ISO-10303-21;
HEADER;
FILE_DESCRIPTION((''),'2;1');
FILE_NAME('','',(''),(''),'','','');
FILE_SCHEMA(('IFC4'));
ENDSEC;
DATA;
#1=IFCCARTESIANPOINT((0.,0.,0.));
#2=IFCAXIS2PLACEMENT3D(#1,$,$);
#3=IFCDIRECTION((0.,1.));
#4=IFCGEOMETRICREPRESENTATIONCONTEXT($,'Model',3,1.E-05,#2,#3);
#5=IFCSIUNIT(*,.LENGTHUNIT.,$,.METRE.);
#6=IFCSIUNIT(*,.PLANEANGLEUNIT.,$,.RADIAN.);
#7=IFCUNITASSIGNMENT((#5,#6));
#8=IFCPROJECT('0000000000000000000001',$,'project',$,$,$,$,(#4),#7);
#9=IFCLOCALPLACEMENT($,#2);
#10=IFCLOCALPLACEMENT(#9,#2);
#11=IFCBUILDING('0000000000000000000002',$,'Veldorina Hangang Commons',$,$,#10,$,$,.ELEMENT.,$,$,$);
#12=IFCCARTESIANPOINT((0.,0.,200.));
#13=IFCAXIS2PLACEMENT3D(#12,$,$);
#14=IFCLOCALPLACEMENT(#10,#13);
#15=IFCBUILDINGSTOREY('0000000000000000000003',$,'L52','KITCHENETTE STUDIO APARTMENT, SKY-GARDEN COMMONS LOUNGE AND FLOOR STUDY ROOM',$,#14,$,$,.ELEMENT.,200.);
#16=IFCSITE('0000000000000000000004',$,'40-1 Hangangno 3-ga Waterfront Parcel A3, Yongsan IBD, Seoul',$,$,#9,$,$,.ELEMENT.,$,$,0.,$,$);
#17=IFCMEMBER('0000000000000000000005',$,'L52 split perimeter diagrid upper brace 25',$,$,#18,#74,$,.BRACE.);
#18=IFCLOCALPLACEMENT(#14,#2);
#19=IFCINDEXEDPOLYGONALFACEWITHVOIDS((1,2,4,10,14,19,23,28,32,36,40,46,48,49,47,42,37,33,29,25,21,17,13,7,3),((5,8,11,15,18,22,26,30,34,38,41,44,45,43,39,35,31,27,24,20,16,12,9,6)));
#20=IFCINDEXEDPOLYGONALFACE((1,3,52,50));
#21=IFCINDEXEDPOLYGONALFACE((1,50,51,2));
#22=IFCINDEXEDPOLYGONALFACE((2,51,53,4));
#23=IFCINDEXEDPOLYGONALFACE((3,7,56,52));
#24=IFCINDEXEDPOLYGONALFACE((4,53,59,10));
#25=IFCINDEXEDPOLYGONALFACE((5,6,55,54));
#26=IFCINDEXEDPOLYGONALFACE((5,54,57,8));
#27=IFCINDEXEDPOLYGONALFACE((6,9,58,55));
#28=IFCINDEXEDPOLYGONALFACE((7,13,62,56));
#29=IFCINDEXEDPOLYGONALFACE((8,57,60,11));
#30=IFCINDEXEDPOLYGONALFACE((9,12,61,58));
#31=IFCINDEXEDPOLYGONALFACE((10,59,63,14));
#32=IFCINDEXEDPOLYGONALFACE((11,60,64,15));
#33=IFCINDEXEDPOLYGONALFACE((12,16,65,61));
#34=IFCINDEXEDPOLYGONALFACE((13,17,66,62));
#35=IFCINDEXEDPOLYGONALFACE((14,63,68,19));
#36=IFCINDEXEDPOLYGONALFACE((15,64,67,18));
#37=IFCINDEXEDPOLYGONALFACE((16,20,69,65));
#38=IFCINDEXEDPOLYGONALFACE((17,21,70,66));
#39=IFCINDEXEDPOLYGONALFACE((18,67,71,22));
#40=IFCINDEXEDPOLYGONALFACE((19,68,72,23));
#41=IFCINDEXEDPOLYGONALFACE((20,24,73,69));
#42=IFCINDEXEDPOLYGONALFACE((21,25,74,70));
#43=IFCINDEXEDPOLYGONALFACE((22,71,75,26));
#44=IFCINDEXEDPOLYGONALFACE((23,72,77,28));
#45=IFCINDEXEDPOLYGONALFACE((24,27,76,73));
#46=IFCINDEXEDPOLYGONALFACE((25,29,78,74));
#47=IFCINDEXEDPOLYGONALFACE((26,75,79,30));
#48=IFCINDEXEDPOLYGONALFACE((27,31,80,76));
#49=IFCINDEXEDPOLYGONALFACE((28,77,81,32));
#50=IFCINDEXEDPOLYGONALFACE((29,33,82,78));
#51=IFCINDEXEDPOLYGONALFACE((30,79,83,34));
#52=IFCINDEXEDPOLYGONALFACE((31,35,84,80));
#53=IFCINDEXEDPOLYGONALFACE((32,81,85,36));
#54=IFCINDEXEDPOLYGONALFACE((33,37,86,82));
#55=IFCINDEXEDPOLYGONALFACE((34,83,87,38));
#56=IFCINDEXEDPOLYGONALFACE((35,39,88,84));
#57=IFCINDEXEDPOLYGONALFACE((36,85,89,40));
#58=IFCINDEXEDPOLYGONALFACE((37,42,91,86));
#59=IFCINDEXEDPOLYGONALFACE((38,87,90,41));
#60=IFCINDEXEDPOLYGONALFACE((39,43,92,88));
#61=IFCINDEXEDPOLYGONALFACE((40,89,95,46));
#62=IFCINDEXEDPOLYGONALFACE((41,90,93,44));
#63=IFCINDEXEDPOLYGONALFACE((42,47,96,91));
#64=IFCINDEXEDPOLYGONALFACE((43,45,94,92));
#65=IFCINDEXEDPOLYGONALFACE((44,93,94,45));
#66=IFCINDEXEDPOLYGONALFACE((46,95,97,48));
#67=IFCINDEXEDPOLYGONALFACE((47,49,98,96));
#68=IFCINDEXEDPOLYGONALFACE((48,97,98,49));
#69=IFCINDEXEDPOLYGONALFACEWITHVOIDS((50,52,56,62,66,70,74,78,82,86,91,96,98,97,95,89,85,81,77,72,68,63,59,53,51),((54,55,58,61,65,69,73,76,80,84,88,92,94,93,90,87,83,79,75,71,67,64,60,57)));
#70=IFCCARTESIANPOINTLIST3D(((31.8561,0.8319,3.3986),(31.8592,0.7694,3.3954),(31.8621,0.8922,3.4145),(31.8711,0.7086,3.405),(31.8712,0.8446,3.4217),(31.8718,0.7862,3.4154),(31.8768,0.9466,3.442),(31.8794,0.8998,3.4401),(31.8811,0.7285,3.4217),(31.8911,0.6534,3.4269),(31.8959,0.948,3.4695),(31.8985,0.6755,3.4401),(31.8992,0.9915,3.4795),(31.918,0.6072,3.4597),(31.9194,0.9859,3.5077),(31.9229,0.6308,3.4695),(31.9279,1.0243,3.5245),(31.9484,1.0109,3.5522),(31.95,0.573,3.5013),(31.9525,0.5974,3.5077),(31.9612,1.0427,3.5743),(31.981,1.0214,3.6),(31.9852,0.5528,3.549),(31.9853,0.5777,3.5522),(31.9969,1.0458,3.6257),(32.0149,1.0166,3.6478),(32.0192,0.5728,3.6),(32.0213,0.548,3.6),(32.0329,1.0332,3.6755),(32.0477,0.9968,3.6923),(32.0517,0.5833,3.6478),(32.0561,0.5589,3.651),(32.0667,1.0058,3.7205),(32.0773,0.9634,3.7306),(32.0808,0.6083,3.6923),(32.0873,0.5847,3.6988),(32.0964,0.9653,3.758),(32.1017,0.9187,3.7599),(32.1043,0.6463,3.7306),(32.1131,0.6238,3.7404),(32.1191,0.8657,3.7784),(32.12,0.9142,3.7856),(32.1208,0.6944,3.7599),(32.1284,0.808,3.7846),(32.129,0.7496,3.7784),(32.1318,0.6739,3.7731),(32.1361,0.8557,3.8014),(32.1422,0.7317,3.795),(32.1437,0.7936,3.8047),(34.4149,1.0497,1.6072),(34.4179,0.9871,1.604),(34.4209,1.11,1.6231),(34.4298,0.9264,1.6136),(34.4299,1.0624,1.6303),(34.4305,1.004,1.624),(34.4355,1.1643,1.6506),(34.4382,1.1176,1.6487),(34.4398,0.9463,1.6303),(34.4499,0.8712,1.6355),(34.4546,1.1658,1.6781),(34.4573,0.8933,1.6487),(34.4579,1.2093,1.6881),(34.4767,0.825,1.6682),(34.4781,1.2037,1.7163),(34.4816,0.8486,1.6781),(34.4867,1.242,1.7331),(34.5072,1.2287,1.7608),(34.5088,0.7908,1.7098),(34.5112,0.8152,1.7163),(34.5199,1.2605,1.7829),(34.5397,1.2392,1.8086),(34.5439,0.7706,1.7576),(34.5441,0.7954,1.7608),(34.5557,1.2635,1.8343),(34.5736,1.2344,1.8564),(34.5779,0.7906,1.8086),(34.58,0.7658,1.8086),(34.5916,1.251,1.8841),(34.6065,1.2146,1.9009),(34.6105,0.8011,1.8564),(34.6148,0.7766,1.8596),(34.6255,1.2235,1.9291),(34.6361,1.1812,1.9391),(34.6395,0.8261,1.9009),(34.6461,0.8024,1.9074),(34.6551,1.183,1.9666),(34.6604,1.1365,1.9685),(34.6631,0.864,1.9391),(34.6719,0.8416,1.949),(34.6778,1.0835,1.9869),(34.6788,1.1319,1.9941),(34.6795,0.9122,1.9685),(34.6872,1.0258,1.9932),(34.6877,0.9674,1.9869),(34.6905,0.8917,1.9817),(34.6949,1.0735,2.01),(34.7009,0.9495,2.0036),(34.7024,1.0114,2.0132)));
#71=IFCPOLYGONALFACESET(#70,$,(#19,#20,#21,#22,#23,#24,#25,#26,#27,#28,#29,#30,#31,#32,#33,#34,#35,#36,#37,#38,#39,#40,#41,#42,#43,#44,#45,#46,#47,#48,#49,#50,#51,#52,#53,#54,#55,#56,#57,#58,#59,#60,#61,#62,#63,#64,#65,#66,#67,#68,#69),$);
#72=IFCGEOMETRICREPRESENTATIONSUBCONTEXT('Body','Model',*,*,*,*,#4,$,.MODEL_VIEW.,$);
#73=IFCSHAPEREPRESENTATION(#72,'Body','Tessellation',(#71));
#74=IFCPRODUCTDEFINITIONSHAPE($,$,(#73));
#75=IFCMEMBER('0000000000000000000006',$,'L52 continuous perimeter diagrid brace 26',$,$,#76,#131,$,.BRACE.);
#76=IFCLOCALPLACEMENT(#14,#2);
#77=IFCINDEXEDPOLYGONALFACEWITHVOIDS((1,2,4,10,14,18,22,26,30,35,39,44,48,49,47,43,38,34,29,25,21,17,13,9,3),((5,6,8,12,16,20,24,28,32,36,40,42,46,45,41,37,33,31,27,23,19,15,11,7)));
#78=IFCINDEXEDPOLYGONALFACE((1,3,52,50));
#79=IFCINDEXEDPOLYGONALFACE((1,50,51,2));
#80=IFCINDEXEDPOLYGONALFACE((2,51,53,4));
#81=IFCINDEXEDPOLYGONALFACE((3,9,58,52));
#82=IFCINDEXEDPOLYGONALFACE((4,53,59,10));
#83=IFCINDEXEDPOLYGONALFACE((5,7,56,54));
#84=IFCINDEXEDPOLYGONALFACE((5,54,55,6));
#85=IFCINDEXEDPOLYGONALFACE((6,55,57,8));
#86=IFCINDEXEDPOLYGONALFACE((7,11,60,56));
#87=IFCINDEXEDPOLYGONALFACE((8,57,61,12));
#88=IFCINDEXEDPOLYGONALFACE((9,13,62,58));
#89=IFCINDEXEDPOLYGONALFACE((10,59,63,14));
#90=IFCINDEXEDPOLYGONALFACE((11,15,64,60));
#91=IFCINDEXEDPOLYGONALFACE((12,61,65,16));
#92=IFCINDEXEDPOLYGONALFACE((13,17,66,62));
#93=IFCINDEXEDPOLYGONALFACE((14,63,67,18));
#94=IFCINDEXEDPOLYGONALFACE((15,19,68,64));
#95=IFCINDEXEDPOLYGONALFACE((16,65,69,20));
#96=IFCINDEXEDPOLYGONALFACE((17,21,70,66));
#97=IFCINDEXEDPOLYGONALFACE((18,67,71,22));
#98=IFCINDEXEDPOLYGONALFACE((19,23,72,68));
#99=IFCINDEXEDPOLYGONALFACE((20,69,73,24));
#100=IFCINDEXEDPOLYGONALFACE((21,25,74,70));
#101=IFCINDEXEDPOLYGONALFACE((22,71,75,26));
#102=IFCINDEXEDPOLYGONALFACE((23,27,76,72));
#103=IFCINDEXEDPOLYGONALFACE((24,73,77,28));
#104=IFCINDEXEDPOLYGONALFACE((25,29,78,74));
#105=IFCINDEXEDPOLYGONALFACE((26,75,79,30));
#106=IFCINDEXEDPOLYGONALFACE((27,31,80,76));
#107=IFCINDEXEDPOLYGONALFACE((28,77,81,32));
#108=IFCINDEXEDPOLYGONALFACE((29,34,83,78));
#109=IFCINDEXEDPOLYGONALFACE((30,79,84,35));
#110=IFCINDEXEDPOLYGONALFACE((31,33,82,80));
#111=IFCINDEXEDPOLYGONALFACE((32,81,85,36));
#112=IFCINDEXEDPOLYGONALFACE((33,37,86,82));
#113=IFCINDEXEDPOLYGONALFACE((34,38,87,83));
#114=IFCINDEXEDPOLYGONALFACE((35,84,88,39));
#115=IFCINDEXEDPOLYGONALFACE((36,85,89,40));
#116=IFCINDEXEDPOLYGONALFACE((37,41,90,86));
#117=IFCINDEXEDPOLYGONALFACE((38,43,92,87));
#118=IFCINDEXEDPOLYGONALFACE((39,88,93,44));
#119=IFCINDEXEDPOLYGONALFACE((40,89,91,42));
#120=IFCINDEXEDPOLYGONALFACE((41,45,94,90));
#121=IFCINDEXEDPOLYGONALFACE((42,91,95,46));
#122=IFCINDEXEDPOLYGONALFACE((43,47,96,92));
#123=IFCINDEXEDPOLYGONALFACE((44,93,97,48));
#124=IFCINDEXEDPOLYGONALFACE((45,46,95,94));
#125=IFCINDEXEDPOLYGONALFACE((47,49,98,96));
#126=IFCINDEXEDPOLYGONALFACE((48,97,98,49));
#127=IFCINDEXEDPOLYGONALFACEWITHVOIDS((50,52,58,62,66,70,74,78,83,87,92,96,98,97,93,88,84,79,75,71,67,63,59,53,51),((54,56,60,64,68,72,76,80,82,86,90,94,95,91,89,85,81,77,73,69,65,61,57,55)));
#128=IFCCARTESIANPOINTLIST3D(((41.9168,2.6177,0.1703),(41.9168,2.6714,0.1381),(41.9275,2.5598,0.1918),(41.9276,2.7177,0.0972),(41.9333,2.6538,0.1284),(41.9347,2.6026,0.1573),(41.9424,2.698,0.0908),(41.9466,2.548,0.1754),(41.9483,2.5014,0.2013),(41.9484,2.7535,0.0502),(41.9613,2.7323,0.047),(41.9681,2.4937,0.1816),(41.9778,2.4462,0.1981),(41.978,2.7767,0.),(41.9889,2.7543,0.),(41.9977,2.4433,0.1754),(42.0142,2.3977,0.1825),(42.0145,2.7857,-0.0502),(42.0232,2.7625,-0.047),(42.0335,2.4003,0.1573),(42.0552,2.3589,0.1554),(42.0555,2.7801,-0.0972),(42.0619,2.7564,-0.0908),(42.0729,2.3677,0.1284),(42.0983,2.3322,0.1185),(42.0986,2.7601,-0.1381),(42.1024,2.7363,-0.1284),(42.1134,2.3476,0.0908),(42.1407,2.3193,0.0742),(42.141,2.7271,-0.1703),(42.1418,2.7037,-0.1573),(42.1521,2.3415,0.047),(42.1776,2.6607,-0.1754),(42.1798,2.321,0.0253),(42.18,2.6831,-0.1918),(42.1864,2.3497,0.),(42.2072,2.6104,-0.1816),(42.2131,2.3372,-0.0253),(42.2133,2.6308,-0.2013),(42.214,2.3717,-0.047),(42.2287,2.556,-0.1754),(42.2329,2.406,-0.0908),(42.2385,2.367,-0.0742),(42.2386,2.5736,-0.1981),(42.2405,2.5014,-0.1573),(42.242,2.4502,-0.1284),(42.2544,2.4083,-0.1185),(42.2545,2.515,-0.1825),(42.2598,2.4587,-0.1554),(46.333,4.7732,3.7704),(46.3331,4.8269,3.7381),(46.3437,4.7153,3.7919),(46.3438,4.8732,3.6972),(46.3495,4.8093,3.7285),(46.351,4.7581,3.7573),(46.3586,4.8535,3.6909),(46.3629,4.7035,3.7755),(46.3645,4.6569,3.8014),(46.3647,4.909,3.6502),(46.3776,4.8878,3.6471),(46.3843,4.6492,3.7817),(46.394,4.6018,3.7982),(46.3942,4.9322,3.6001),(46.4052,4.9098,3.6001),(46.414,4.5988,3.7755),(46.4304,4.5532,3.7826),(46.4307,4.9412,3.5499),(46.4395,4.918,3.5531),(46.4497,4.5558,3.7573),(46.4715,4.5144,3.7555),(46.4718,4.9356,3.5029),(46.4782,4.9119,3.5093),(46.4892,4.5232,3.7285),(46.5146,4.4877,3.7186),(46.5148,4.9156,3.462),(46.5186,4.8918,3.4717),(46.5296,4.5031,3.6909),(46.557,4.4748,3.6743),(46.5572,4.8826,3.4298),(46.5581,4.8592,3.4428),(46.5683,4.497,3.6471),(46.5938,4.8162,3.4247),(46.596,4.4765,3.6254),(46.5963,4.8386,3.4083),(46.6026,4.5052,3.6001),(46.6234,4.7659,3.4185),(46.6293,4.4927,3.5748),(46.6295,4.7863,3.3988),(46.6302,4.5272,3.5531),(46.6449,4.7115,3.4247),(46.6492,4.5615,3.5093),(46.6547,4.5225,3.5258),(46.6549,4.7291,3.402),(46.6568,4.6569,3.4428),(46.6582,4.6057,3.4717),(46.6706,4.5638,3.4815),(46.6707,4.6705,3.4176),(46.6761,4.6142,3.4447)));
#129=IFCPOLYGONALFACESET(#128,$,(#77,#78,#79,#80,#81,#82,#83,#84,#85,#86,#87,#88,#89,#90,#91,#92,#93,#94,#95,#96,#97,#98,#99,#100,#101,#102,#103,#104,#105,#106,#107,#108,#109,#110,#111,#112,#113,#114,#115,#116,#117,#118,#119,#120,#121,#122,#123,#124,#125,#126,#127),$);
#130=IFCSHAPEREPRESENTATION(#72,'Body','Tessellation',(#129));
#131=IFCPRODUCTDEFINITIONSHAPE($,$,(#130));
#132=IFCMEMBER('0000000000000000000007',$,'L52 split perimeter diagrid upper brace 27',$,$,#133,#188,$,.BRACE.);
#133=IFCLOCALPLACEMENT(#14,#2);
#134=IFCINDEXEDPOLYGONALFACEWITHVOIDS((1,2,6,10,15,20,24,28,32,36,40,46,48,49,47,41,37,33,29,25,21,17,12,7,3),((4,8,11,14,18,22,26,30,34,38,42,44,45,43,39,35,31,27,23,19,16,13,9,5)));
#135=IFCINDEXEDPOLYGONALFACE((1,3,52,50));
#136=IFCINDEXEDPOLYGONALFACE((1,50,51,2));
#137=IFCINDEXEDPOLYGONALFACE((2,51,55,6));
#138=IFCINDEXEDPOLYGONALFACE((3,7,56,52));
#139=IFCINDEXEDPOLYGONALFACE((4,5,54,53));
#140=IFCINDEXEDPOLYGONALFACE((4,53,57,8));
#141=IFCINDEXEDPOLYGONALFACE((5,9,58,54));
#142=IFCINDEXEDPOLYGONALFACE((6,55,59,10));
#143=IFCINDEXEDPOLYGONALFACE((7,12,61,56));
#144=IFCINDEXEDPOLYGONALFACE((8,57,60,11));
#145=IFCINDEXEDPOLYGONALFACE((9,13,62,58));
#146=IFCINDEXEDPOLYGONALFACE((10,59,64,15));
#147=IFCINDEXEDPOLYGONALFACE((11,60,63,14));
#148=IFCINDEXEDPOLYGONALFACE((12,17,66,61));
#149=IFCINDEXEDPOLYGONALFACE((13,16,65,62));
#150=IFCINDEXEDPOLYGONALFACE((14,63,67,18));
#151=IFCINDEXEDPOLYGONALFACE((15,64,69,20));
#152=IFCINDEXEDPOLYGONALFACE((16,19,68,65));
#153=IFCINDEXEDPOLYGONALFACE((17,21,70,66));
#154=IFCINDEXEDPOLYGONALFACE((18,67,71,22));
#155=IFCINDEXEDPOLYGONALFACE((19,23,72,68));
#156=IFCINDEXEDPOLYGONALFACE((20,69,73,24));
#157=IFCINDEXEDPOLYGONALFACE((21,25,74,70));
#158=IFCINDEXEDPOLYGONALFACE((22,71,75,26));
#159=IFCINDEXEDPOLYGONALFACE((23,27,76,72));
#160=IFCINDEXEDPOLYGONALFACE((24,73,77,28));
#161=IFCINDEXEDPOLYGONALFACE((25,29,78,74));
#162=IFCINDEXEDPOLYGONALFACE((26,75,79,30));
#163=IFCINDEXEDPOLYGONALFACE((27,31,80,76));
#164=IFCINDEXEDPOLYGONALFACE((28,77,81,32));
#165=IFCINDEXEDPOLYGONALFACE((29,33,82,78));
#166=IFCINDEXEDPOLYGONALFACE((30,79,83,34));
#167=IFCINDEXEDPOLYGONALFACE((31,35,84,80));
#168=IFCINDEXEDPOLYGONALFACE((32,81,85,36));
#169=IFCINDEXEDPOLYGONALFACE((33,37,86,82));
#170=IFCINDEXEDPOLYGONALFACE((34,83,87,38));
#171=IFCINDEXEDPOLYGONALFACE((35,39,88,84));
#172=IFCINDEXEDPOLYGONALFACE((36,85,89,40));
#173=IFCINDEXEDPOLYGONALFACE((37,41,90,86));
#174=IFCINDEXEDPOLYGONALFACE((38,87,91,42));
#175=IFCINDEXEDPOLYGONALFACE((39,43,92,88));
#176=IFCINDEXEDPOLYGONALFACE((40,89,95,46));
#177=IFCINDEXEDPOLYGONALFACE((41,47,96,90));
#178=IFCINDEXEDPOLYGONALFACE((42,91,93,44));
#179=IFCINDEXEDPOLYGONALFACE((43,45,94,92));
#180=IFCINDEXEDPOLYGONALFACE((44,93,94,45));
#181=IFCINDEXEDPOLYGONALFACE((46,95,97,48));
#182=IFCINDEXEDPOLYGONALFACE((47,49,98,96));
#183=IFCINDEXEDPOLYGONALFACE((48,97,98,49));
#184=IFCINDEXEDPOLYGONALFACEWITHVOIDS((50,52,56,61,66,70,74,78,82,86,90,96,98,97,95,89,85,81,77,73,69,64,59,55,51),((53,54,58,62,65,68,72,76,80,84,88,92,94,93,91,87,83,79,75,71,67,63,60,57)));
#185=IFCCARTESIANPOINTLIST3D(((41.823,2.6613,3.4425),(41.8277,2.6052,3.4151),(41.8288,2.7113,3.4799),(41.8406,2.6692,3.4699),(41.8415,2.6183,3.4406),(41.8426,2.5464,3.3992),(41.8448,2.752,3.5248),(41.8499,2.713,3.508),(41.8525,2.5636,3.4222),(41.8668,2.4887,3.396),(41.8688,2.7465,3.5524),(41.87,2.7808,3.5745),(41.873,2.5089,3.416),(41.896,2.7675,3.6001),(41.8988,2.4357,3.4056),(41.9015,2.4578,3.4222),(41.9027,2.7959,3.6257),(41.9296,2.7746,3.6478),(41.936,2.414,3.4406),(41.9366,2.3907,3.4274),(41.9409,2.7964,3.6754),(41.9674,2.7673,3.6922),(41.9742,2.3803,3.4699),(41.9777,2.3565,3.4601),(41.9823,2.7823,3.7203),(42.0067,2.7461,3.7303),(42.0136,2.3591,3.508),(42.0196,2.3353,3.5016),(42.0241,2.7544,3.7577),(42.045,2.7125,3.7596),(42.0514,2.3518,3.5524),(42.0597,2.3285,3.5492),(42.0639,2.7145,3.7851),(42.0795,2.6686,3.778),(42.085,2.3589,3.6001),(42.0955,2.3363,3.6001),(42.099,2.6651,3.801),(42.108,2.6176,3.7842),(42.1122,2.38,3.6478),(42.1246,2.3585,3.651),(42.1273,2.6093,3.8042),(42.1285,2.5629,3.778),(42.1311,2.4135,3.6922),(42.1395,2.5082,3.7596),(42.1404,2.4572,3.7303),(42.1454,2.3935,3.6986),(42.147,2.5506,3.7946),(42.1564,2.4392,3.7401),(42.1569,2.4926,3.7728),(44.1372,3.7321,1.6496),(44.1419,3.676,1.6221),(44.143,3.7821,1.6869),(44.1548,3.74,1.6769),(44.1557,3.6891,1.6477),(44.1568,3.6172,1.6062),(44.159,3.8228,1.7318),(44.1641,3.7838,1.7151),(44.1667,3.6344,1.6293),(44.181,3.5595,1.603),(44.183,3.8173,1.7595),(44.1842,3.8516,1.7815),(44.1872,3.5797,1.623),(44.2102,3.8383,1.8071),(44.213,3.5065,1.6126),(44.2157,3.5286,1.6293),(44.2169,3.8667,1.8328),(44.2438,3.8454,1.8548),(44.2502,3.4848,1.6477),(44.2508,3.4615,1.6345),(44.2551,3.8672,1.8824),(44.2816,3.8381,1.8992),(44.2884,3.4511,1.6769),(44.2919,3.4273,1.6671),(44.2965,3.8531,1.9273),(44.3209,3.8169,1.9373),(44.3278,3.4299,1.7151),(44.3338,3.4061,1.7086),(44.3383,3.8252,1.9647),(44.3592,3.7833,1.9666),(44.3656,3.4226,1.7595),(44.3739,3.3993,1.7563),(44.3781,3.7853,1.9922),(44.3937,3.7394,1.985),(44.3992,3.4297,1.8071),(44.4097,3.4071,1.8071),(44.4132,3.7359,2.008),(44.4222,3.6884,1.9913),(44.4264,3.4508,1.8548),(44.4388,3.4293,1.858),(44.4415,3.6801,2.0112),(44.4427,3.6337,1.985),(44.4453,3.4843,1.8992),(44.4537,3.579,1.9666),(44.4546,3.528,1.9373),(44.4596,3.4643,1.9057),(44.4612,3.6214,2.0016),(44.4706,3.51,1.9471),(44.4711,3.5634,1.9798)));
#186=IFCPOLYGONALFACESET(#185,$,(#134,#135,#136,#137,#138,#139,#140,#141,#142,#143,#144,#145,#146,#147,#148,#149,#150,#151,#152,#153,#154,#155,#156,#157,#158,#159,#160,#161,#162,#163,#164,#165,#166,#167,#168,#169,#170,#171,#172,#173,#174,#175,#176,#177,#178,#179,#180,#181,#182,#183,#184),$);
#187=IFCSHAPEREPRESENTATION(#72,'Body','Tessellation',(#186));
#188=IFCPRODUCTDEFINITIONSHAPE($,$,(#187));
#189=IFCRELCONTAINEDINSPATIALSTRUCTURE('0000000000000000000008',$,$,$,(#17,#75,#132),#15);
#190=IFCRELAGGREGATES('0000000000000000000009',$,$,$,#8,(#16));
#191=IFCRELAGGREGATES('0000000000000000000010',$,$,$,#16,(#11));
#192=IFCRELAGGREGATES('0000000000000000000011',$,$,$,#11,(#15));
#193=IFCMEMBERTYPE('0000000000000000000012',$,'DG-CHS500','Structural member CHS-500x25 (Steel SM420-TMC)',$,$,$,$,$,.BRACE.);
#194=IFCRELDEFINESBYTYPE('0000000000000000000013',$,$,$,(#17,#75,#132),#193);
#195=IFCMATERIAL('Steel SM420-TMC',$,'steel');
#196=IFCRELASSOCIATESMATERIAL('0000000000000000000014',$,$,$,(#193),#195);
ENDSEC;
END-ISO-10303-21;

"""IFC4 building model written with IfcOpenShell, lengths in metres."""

from ifc_helpers import new_model, si_unit, direction, frame, origin, origin_2d, place, context, subcontext, project, spatial, hollow_circle, extrude, material, material_profile, profile_set, type_object, element, save


model = new_model("IFC4")

# Units and contexts
model_context = context("Model", 3, precision=1e-05, world=origin(), true_north=direction((0.0, 1.0)))
body_context = subcontext(model_context, "Body", "Model", "MODEL_VIEW")
ifc_project = project(units=[si_unit("LENGTHUNIT", "METRE"), si_unit("PLANEANGLEUNIT", "RADIAN")], contexts=[model_context])

# Site, building, storey
site_placement = place(None, origin())
site = spatial("IfcSite", under=ifc_project, at=site_placement, Name="40-1 Hangangno 3-ga Waterfront Parcel A3, Yongsan IBD, Seoul", CompositionType="ELEMENT", RefElevation=0.0)
building_placement = place(site_placement, origin())
building = spatial("IfcBuilding", under=site, at=building_placement, Name="Veldorina Hangang Commons", CompositionType="ELEMENT")
storey_placement = place(building_placement, frame((0.0, 0.0, 200.0)))
storey = spatial("IfcBuildingStorey", under=building, at=storey_placement, Name="L52", Description="KITCHENETTE STUDIO APARTMENT, SKY-GARDEN COMMONS LOUNGE AND FLOOR STUDY ROOM", CompositionType="ELEMENT", Elevation=200.0)

# Shared definitions
ifc_material_1 = material(Name="Steel SM420-TMC", Category="steel")

# Members
ifc_material_profile_1 = material_profile(ifc_material_1, hollow_circle(Radius=0.25, WallThickness=0.0249, at=origin_2d()), Name="CHS-500x25")
ifc_profile_set_1 = profile_set([ifc_material_profile_1], Name="Steel SM420-TMC")
member_type_1 = type_object("IfcMemberType", Name="DG-CHS500", Description="Structural member CHS-500x25 (Steel SM420-TMC)", PredefinedType="BRACE", material=ifc_profile_set_1)
member_1_placement = place(storey_placement, frame((34.5588, 1.0149, 1.8086), z_axis=(-0.817201, -0.069549, 0.572142), x_axis=(0.0848, -0.996398, 0.0)))
element("IfcMember", 1, at=member_1_placement, inside=storey, type_object=member_type_1, Name="L52 split perimeter diagrid upper brace 25", PredefinedType="BRACE", context=body_context, shape_type="SweptSolid", body=[
    extrude(hollow_circle(Radius=0.25, WallThickness=0.0249, at=origin_2d()), origin(), (0.0, 0.0, 1.0), 3.1311),
])
member_2_placement = place(storey_placement, frame((42.0876, 2.552, 0.0), z_axis=(0.724949, 0.353838, 0.590972), x_axis=(-0.438628, 0.898669, 0.0)))
element("IfcMember", 2, at=member_2_placement, inside=storey, type_object=member_type_1, Name="L52 continuous perimeter diagrid brace 26", PredefinedType="BRACE", context=body_context, shape_type="SweptSolid", body=[
    extrude(hollow_circle(Radius=0.25, WallThickness=0.0249, at=origin_2d()), origin(), (0.0, 0.0, 1.0), 6.0918),
])
member_3_placement = place(storey_placement, frame((44.3047, 3.634, 1.8071), z_axis=(-0.742401, -0.343514, 0.575186), x_axis=(0.419932, -0.907555, 0.0)))
element("IfcMember", 3, at=member_3_placement, inside=storey, type_object=member_type_1, Name="L52 split perimeter diagrid upper brace 27", PredefinedType="BRACE", context=body_context, shape_type="SweptSolid", body=[
    extrude(hollow_circle(Radius=0.25, WallThickness=0.0249, at=origin_2d()), origin(), (0.0, 0.0, 1.0), 3.1172),
])

save(model, "model.ifc")
